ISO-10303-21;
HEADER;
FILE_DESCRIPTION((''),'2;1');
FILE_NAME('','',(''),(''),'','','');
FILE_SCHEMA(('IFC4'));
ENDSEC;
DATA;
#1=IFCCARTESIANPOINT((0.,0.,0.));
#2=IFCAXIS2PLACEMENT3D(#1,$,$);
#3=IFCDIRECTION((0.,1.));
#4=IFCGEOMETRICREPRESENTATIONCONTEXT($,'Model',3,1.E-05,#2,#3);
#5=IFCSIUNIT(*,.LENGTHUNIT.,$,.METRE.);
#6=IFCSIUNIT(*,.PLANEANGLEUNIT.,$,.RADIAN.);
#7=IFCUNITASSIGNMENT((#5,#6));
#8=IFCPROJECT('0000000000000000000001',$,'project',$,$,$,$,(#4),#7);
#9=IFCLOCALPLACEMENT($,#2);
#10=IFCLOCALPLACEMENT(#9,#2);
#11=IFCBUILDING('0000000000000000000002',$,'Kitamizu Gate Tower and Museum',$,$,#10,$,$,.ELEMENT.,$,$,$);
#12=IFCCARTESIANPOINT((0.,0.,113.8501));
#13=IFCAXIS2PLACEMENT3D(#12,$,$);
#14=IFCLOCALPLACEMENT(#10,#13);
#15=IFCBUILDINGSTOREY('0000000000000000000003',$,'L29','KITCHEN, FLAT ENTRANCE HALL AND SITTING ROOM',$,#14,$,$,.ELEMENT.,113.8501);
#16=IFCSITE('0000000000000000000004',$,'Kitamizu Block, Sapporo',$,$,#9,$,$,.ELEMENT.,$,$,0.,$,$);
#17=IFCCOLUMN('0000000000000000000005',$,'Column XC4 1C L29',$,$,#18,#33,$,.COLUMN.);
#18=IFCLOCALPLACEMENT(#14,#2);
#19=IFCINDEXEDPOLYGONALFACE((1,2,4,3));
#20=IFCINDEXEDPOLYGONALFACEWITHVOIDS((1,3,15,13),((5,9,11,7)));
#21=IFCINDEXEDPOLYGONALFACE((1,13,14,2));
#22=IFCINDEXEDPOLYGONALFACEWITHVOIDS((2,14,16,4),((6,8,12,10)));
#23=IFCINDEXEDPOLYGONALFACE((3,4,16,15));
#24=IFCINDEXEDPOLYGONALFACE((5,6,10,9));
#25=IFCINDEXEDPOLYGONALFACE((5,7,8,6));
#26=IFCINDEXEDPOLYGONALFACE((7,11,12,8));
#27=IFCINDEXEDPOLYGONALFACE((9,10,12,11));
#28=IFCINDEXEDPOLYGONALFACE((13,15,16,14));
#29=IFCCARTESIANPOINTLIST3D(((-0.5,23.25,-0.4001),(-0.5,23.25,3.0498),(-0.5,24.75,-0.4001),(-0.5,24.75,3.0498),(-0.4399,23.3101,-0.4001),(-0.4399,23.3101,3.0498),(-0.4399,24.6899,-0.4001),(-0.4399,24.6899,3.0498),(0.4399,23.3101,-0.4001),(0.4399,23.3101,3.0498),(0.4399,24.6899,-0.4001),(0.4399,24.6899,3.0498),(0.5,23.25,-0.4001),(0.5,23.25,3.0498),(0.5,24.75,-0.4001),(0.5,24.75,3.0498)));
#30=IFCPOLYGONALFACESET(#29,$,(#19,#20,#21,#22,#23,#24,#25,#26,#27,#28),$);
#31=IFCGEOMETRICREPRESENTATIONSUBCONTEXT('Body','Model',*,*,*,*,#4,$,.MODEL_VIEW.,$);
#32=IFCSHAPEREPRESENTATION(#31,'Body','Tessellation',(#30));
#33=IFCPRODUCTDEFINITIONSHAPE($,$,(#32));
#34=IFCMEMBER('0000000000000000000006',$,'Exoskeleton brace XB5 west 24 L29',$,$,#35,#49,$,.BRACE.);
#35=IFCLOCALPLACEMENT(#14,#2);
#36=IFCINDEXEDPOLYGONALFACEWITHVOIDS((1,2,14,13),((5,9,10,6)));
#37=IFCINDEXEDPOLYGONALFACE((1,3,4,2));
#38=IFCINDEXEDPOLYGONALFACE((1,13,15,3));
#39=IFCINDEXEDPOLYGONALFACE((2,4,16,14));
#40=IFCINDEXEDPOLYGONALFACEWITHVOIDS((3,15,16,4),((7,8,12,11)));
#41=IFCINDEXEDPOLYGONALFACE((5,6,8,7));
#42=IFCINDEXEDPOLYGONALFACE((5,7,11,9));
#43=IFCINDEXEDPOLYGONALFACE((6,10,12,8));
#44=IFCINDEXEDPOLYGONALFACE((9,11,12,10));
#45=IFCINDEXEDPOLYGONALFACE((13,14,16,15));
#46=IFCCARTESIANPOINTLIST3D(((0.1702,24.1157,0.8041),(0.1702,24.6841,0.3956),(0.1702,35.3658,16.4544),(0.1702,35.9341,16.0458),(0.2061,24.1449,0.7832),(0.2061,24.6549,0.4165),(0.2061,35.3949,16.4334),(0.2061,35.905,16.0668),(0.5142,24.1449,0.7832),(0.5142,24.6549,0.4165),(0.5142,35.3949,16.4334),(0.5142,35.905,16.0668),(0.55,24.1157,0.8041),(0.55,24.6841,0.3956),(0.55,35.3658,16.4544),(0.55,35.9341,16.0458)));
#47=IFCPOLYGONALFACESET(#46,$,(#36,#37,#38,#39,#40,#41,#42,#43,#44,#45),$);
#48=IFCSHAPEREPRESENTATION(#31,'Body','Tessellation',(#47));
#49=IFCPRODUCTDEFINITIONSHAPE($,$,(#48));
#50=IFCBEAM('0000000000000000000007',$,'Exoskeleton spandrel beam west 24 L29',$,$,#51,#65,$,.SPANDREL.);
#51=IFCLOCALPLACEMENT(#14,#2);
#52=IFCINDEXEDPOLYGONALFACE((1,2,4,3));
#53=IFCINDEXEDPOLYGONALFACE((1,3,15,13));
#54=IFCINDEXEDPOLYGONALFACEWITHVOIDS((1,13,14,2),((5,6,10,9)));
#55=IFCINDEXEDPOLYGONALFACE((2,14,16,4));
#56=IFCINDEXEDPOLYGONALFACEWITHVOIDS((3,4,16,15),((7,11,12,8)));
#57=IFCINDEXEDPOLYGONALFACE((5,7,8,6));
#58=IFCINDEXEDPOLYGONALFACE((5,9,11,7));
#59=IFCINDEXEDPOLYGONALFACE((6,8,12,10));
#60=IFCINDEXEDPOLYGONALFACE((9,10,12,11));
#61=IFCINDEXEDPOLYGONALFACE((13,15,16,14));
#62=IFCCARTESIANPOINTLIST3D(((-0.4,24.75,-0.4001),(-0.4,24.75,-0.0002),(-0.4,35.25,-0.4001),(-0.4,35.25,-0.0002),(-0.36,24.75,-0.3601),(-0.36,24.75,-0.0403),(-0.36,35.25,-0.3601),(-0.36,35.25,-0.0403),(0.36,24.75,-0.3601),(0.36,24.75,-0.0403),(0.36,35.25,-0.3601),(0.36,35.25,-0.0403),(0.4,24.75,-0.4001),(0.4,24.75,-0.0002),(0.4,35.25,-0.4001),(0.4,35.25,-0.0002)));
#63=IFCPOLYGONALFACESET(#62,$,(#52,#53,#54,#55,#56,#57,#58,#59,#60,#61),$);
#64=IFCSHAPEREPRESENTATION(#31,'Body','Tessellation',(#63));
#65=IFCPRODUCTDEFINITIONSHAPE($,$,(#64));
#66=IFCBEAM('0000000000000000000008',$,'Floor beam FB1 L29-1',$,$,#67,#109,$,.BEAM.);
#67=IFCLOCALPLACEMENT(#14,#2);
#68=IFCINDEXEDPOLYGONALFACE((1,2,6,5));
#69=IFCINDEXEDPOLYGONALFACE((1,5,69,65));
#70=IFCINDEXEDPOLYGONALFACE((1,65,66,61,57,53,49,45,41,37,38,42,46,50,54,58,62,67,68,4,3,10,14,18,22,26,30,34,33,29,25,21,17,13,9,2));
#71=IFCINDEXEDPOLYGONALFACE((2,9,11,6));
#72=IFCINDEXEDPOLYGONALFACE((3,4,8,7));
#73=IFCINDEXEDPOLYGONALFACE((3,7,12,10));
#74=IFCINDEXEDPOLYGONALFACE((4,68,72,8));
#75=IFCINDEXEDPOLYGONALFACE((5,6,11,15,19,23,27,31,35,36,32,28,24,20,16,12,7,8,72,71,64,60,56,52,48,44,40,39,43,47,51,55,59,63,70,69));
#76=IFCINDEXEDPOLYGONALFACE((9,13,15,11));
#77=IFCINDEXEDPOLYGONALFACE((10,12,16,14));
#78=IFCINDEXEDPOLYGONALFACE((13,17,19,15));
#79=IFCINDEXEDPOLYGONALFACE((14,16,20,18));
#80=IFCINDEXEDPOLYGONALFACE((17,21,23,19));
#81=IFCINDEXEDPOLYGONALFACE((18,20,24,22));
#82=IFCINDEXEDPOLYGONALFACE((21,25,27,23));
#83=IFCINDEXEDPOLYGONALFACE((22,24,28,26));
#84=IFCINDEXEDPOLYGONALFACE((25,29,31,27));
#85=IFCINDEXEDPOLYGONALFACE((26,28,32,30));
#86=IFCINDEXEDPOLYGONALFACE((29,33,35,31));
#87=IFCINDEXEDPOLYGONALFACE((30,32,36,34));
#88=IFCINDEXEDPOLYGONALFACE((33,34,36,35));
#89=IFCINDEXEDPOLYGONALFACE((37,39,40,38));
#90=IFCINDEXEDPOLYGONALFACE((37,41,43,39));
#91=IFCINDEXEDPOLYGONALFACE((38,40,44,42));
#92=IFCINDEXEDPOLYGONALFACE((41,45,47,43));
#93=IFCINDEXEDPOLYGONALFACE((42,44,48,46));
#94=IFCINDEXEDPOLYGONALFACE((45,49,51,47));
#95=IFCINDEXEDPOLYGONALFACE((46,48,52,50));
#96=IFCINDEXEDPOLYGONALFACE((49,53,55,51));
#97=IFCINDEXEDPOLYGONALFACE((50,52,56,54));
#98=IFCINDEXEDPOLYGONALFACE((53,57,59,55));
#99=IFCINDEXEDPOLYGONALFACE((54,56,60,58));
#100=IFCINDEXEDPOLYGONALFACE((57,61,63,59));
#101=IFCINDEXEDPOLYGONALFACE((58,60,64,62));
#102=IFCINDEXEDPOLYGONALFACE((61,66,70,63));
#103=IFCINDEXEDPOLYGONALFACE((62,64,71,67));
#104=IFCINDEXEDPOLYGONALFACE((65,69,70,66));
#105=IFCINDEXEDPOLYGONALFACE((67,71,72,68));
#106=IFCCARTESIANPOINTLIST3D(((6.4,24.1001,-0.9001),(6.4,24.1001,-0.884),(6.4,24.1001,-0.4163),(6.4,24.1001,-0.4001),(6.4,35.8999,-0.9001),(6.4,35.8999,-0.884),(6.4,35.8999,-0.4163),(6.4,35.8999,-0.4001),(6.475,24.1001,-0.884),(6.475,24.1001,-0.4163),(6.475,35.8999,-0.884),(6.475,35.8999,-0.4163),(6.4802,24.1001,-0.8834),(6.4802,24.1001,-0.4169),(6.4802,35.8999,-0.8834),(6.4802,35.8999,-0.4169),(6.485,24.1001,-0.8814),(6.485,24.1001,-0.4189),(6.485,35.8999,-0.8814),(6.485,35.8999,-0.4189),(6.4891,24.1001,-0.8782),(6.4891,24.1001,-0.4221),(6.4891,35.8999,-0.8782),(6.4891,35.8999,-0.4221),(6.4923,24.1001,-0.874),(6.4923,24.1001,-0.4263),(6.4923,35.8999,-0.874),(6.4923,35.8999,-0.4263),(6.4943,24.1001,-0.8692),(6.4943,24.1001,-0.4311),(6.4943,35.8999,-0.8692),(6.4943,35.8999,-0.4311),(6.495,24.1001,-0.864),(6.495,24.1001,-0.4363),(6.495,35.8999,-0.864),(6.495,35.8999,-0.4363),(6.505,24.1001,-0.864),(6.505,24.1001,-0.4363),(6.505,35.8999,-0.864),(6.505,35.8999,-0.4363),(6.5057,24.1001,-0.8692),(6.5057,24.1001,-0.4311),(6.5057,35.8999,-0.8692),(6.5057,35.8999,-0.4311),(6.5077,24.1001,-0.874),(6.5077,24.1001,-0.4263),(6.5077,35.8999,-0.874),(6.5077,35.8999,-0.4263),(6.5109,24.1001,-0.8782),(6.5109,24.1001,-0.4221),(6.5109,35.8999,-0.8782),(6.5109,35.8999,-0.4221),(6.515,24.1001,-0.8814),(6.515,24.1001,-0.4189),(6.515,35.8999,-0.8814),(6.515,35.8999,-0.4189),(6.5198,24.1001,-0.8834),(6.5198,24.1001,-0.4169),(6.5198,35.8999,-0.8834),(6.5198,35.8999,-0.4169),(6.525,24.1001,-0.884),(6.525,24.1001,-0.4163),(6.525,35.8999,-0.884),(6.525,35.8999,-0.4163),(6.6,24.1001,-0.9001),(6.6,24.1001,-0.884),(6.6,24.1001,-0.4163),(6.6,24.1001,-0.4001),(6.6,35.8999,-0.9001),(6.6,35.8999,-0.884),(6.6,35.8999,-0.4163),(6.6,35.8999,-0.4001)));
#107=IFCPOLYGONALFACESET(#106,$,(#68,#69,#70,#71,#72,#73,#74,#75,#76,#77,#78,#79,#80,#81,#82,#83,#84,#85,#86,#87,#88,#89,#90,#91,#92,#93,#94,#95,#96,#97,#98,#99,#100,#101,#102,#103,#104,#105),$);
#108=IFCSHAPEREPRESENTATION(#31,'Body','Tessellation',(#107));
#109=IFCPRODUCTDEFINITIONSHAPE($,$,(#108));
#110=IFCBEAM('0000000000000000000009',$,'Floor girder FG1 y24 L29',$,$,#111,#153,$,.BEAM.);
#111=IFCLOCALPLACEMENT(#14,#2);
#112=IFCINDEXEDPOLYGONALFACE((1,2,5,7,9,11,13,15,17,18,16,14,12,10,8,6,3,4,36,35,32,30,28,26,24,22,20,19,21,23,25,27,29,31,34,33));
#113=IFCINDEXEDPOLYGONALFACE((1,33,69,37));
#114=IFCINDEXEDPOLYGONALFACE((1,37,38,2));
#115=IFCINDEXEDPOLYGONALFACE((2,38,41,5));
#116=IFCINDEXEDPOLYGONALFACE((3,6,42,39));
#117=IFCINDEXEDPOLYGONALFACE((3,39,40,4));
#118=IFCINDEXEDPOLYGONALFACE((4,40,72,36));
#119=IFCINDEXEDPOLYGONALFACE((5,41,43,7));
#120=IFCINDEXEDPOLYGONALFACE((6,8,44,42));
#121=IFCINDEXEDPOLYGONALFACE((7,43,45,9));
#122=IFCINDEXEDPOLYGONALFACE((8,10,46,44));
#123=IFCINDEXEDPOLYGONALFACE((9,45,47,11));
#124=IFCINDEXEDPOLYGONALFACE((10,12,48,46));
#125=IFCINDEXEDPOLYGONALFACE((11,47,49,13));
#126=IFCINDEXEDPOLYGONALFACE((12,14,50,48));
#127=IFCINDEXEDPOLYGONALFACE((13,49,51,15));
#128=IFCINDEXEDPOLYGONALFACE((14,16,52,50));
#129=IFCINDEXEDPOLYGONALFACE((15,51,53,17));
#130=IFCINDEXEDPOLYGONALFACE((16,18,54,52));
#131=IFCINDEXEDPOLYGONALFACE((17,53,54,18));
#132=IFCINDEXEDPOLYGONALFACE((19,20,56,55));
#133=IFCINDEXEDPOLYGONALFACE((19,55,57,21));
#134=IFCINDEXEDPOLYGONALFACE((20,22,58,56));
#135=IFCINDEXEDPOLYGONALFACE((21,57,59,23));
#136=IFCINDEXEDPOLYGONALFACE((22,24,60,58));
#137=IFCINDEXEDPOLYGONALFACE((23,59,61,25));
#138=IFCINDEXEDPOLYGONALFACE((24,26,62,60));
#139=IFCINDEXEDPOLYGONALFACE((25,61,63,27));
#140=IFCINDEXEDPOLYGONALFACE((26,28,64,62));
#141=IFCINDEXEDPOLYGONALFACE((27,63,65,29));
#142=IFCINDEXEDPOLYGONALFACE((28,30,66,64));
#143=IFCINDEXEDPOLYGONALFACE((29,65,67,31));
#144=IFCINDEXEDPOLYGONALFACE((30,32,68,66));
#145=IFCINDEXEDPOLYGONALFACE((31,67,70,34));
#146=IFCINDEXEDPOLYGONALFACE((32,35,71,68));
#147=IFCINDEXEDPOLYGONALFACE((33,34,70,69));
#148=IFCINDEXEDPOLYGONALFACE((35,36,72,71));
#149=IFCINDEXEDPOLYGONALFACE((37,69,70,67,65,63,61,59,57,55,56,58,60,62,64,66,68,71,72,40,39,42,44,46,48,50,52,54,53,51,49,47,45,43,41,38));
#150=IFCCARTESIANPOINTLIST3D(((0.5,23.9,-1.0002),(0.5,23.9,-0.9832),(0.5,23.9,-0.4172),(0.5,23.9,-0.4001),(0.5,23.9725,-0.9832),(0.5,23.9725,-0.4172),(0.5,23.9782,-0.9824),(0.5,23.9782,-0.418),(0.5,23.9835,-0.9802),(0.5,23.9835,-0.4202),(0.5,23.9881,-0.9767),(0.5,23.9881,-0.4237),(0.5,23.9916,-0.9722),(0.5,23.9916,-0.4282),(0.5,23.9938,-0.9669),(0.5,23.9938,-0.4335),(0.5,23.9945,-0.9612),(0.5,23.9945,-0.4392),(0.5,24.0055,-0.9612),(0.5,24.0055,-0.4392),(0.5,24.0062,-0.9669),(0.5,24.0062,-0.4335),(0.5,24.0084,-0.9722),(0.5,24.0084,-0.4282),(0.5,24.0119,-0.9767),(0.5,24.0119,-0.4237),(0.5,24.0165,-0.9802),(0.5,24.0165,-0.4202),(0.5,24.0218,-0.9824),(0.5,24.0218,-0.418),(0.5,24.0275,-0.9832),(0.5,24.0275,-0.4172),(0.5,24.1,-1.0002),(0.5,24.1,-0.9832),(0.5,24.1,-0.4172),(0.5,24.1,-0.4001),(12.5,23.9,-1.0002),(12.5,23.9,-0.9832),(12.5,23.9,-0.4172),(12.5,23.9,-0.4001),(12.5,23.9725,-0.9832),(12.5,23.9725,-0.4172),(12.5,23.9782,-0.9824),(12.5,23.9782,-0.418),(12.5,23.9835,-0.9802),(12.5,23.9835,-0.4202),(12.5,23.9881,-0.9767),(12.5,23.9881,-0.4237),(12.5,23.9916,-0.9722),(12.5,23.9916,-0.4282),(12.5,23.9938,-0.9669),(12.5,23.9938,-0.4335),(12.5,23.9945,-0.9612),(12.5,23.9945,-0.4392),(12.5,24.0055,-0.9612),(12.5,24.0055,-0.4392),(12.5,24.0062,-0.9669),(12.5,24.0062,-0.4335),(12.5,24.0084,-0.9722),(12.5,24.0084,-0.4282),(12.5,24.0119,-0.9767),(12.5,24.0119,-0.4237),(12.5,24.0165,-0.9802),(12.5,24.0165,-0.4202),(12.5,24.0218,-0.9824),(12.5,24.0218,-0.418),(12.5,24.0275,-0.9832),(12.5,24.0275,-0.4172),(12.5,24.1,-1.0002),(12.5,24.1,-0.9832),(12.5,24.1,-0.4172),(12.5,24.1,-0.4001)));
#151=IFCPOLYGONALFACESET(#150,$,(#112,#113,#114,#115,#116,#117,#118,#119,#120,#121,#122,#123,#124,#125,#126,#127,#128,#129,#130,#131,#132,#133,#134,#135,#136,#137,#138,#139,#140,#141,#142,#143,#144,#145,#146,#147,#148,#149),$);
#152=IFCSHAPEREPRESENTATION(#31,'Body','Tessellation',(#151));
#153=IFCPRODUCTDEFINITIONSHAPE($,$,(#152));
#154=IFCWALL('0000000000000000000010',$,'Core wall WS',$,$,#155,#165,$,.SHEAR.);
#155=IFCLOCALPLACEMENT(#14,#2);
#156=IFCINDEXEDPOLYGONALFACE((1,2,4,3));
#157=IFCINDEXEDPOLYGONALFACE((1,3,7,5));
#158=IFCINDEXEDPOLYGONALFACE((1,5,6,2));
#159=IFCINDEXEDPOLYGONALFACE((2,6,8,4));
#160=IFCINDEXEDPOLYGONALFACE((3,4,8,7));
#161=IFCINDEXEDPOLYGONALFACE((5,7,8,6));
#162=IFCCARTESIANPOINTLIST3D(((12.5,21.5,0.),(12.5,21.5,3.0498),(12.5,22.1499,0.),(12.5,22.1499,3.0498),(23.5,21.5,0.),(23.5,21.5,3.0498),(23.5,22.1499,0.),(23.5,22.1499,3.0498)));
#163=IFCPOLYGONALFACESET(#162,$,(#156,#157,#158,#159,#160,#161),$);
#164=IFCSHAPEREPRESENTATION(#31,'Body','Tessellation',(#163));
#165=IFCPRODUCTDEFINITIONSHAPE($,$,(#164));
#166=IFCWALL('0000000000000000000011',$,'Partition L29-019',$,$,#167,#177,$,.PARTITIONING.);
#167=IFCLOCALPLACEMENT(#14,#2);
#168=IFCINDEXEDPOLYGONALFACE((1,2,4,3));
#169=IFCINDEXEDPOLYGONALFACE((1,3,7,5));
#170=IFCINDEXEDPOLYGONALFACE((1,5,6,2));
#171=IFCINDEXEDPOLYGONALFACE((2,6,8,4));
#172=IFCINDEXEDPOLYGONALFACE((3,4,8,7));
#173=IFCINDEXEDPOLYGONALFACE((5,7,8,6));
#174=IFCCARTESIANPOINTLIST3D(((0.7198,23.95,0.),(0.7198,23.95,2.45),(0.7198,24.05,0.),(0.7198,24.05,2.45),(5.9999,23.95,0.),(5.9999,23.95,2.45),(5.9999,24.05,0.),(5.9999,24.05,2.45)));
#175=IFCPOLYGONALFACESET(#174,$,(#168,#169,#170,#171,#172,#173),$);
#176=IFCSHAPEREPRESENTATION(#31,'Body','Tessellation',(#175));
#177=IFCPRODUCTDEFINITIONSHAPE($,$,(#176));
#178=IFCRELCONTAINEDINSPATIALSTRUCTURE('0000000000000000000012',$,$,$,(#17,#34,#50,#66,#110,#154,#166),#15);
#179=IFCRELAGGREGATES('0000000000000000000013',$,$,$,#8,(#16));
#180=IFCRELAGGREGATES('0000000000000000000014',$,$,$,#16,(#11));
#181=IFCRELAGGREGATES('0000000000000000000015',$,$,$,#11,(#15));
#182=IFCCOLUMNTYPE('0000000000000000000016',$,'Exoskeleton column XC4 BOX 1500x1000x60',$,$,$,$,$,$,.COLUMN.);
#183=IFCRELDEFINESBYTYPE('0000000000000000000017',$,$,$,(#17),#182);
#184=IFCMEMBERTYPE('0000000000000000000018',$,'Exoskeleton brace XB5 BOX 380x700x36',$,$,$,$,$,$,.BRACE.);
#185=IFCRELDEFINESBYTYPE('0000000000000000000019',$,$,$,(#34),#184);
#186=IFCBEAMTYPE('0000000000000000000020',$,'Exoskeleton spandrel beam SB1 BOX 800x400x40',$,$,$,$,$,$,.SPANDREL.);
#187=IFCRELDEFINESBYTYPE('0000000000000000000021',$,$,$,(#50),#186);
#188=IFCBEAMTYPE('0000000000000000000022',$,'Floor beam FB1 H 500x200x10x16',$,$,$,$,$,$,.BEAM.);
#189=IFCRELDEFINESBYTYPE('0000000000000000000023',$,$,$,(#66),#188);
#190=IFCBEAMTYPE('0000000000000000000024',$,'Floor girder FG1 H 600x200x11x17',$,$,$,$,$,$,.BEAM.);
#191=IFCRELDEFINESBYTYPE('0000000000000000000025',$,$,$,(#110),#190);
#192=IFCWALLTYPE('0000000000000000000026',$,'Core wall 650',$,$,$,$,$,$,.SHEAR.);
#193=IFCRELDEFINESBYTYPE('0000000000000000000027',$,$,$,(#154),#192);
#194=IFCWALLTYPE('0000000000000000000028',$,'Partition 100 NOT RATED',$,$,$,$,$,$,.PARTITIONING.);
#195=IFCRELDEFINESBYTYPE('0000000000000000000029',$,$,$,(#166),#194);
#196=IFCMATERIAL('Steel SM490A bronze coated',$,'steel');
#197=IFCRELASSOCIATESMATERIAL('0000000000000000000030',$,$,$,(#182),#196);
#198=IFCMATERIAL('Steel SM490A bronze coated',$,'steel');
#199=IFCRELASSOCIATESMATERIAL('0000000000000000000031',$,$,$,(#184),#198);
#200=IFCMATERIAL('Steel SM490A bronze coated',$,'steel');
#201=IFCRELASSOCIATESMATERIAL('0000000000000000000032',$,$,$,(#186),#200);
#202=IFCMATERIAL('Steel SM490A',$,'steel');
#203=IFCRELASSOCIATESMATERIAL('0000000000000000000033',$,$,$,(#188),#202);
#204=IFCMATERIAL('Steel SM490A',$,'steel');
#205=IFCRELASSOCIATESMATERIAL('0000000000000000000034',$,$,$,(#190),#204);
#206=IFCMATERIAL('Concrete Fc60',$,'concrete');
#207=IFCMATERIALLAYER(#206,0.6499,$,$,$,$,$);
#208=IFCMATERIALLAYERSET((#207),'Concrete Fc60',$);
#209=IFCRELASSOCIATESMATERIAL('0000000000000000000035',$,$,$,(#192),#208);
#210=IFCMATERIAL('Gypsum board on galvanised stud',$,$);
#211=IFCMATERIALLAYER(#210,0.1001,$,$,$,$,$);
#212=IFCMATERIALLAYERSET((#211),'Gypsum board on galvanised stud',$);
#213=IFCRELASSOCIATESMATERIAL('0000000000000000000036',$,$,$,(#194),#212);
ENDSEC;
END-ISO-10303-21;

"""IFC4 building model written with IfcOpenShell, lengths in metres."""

from ifc_helpers import new_model, si_unit, direction, frame, frame_2d, origin, origin_2d, place, context, subcontext, project, spatial, rectangle, hollow_rectangle, i_section, extrude, material, layer, layer_set, material_profile, profile_set, type_object, element, save


model = new_model("IFC4")

# Units and contexts
model_context = context("Model", 3, precision=1e-05, world=origin(), true_north=direction((0.0, 1.0)))
body_context = subcontext(model_context, "Body", "Model", "MODEL_VIEW")
ifc_project = project(units=[si_unit("LENGTHUNIT", "METRE"), si_unit("PLANEANGLEUNIT", "RADIAN")], contexts=[model_context])

# Site, building, storey
site_placement = place(None, origin())
site = spatial("IfcSite", under=ifc_project, at=site_placement, Name="Kitamizu Block, Sapporo", CompositionType="ELEMENT", RefElevation=0.0)
building_placement = place(site_placement, origin())
building = spatial("IfcBuilding", under=site, at=building_placement, Name="Kitamizu Gate Tower and Museum", CompositionType="ELEMENT")
storey_placement = place(building_placement, frame((0.0, 0.0, 113.8501)))
storey = spatial("IfcBuildingStorey", under=building, at=storey_placement, Name="L29", Description="KITCHEN, FLAT ENTRANCE HALL AND SITTING ROOM", CompositionType="ELEMENT", Elevation=113.8501)

# Column
ifc_material_1 = material(Name="Steel SM490A bronze coated", Category="steel")
ifc_material_profile_1 = material_profile(ifc_material_1, hollow_rectangle(XDim=1.5, YDim=1.0, WallThickness=0.0601, at=origin_2d()), Name="BOX 1500x1000x60")
ifc_profile_set_1 = profile_set([ifc_material_profile_1], Name="Steel SM490A bronze coated")
column_type = type_object("IfcColumnType", Name="Exoskeleton column XC4 BOX 1500x1000x60", PredefinedType="COLUMN", material=ifc_profile_set_1)
column_placement = place(storey_placement, frame((0.0, 24.0, -0.4001), z_axis=(0.0, 0.0, 1.0), x_axis=(0.0, 1.0, 0.0)))
element("IfcColumn", 1, at=column_placement, inside=storey, type_object=column_type, Name="Column XC4 1C L29", PredefinedType="COLUMN", context=body_context, shape_type="SweptSolid", body=[
    extrude(hollow_rectangle(XDim=1.5, YDim=1.0, WallThickness=0.0601, at=origin_2d()), origin(), (0.0, 0.0, 1.0), 3.45),
])

# Member
ifc_material_2 = material(Name="Steel SM490A bronze coated", Category="steel")
ifc_material_profile_2 = material_profile(ifc_material_2, hollow_rectangle(XDim=0.3799, YDim=0.7, WallThickness=0.0359, at=origin_2d()), Name="BOX 380x700x36")
ifc_profile_set_2 = profile_set([ifc_material_profile_2], Name="Steel SM490A bronze coated")
member_type = type_object("IfcMemberType", Name="Exoskeleton brace XB5 BOX 380x700x36", PredefinedType="BRACE", material=ifc_profile_set_2)
member_placement = place(storey_placement, frame((0.3601, 24.3999, 0.5999), z_axis=(0.0, 0.583686, 0.81198), x_axis=(-1.0, 0.0, 0.0)))
element("IfcMember", 2, at=member_placement, inside=storey, type_object=member_type, Name="Exoskeleton brace XB5 west 24 L29", PredefinedType="BRACE", context=body_context, shape_type="SweptSolid", body=[
    extrude(hollow_rectangle(XDim=0.3799, YDim=0.7, WallThickness=0.0359, at=origin_2d()), origin(), (0.0, 0.0, 1.0), 19.2742),
])

# Beams
ifc_material_3 = material(Name="Steel SM490A bronze coated", Category="steel")
ifc_material_profile_3 = material_profile(ifc_material_3, hollow_rectangle(XDim=0.8, YDim=0.3999, WallThickness=0.04, at=origin_2d()), Name="BOX 800x400x40")
ifc_profile_set_3 = profile_set([ifc_material_profile_3], Name="Steel SM490A bronze coated")
beam_type_1 = type_object("IfcBeamType", Name="Exoskeleton spandrel beam SB1 BOX 800x400x40", PredefinedType="SPANDREL", material=ifc_profile_set_3)
beam_1_placement = place(storey_placement, frame((0.0, 24.75, -0.2002), z_axis=(0.0, 1.0, 0.0), x_axis=(-1.0, 0.0, 0.0)))
element("IfcBeam", 3, at=beam_1_placement, inside=storey, type_object=beam_type_1, Name="Exoskeleton spandrel beam west 24 L29", PredefinedType="SPANDREL", context=body_context, shape_type="SweptSolid", body=[
    extrude(hollow_rectangle(XDim=0.8, YDim=0.3999, WallThickness=0.04, at=origin_2d()), origin(), (0.0, 0.0, 1.0), 10.5),
])
ifc_material_4 = material(Name="Steel SM490A", Category="steel")
ifc_material_profile_4 = material_profile(ifc_material_4, i_section(OverallWidth=0.2, OverallDepth=0.5, WebThickness=0.01, FlangeThickness=0.0161, FilletRadius=0.02, at=origin_2d()), Name="H-500x200x10x16")
ifc_profile_set_4 = profile_set([ifc_material_profile_4], Name="Steel SM490A")
beam_type_2 = type_object("IfcBeamType", Name="Floor beam FB1 H 500x200x10x16", PredefinedType="BEAM", material=ifc_profile_set_4)
beam_2_placement = place(storey_placement, frame((6.5, 24.1001, -0.6501), z_axis=(0.0, 1.0, 0.0), x_axis=(-1.0, 0.0, 0.0)))
element("IfcBeam", 4, at=beam_2_placement, inside=storey, type_object=beam_type_2, Name="Floor beam FB1 L29-1", PredefinedType="BEAM", context=body_context, shape_type="SweptSolid", body=[
    extrude(i_section(OverallWidth=0.2, OverallDepth=0.5, WebThickness=0.01, FlangeThickness=0.0161, FilletRadius=0.02, at=origin_2d()), origin(), (0.0, 0.0, 1.0), 11.7998),
])
ifc_material_5 = material(Name="Steel SM490A", Category="steel")
ifc_material_profile_5 = material_profile(ifc_material_5, i_section(OverallWidth=0.2, OverallDepth=0.6001, WebThickness=0.011, FlangeThickness=0.0171, FilletRadius=0.022, at=origin_2d()), Name="H-600x200x11x17")
ifc_profile_set_5 = profile_set([ifc_material_profile_5], Name="Steel SM490A")
beam_type_3 = type_object("IfcBeamType", Name="Floor girder FG1 H 600x200x11x17", PredefinedType="BEAM", material=ifc_profile_set_5)
beam_3_placement = place(storey_placement, frame((0.5, 24.0, -0.7002), z_axis=(1.0, 0.0, 0.0), x_axis=(0.0, 1.0, 0.0)))
element("IfcBeam", 5, at=beam_3_placement, inside=storey, type_object=beam_type_3, Name="Floor girder FG1 y24 L29", PredefinedType="BEAM", context=body_context, shape_type="SweptSolid", body=[
    extrude(i_section(OverallWidth=0.2, OverallDepth=0.6001, WebThickness=0.011, FlangeThickness=0.0171, FilletRadius=0.022, at=origin_2d()), origin(), (0.0, 0.0, 1.0), 12.0),
])

# Walls
ifc_material_6 = material(Name="Concrete Fc60", Category="concrete")
ifc_layer_1 = layer(ifc_material_6, 0.6499)
ifc_layer_set_1 = layer_set([ifc_layer_1], Name="Concrete Fc60")
wall_type_1 = type_object("IfcWallType", Name="Core wall 650", PredefinedType="SHEAR", material=ifc_layer_set_1)
wall_1_placement = place(storey_placement, frame((12.5, 21.825, 0.0), z_axis=(0.0, 0.0, 1.0), x_axis=(1.0, 0.0, 0.0)))
element("IfcWall", 6, at=wall_1_placement, inside=storey, type_object=wall_type_1, Name="Core wall WS", PredefinedType="SHEAR", context=body_context, shape_type="SweptSolid", body=[
    extrude(rectangle(XDim=11.0, YDim=0.6499, at=frame_2d((5.5, 0.0))), origin(), (0.0, 0.0, 1.0), 3.0498),
])
ifc_material_7 = material(Name="Gypsum board on galvanised stud")
ifc_layer_2 = layer(ifc_material_7, 0.1001)
ifc_layer_set_2 = layer_set([ifc_layer_2], Name="Gypsum board on galvanised stud")
wall_type_2 = type_object("IfcWallType", Name="Partition 100 NOT RATED", PredefinedType="PARTITIONING", material=ifc_layer_set_2)
wall_2_placement = place(storey_placement, frame((6.0, 24.0, 0.0), z_axis=(0.0, 0.0, 1.0), x_axis=(-1.0, 0.0, 0.0)))
element("IfcWall", 7, at=wall_2_placement, inside=storey, type_object=wall_type_2, Name="Partition L29-019", PredefinedType="PARTITIONING", context=body_context, shape_type="SweptSolid", body=[
    extrude(rectangle(XDim=5.28, YDim=0.1001, at=frame_2d((2.6401, 0.0))), origin(), (0.0, 0.0, 1.0), 2.45),
])

save(model, "model.ifc")
